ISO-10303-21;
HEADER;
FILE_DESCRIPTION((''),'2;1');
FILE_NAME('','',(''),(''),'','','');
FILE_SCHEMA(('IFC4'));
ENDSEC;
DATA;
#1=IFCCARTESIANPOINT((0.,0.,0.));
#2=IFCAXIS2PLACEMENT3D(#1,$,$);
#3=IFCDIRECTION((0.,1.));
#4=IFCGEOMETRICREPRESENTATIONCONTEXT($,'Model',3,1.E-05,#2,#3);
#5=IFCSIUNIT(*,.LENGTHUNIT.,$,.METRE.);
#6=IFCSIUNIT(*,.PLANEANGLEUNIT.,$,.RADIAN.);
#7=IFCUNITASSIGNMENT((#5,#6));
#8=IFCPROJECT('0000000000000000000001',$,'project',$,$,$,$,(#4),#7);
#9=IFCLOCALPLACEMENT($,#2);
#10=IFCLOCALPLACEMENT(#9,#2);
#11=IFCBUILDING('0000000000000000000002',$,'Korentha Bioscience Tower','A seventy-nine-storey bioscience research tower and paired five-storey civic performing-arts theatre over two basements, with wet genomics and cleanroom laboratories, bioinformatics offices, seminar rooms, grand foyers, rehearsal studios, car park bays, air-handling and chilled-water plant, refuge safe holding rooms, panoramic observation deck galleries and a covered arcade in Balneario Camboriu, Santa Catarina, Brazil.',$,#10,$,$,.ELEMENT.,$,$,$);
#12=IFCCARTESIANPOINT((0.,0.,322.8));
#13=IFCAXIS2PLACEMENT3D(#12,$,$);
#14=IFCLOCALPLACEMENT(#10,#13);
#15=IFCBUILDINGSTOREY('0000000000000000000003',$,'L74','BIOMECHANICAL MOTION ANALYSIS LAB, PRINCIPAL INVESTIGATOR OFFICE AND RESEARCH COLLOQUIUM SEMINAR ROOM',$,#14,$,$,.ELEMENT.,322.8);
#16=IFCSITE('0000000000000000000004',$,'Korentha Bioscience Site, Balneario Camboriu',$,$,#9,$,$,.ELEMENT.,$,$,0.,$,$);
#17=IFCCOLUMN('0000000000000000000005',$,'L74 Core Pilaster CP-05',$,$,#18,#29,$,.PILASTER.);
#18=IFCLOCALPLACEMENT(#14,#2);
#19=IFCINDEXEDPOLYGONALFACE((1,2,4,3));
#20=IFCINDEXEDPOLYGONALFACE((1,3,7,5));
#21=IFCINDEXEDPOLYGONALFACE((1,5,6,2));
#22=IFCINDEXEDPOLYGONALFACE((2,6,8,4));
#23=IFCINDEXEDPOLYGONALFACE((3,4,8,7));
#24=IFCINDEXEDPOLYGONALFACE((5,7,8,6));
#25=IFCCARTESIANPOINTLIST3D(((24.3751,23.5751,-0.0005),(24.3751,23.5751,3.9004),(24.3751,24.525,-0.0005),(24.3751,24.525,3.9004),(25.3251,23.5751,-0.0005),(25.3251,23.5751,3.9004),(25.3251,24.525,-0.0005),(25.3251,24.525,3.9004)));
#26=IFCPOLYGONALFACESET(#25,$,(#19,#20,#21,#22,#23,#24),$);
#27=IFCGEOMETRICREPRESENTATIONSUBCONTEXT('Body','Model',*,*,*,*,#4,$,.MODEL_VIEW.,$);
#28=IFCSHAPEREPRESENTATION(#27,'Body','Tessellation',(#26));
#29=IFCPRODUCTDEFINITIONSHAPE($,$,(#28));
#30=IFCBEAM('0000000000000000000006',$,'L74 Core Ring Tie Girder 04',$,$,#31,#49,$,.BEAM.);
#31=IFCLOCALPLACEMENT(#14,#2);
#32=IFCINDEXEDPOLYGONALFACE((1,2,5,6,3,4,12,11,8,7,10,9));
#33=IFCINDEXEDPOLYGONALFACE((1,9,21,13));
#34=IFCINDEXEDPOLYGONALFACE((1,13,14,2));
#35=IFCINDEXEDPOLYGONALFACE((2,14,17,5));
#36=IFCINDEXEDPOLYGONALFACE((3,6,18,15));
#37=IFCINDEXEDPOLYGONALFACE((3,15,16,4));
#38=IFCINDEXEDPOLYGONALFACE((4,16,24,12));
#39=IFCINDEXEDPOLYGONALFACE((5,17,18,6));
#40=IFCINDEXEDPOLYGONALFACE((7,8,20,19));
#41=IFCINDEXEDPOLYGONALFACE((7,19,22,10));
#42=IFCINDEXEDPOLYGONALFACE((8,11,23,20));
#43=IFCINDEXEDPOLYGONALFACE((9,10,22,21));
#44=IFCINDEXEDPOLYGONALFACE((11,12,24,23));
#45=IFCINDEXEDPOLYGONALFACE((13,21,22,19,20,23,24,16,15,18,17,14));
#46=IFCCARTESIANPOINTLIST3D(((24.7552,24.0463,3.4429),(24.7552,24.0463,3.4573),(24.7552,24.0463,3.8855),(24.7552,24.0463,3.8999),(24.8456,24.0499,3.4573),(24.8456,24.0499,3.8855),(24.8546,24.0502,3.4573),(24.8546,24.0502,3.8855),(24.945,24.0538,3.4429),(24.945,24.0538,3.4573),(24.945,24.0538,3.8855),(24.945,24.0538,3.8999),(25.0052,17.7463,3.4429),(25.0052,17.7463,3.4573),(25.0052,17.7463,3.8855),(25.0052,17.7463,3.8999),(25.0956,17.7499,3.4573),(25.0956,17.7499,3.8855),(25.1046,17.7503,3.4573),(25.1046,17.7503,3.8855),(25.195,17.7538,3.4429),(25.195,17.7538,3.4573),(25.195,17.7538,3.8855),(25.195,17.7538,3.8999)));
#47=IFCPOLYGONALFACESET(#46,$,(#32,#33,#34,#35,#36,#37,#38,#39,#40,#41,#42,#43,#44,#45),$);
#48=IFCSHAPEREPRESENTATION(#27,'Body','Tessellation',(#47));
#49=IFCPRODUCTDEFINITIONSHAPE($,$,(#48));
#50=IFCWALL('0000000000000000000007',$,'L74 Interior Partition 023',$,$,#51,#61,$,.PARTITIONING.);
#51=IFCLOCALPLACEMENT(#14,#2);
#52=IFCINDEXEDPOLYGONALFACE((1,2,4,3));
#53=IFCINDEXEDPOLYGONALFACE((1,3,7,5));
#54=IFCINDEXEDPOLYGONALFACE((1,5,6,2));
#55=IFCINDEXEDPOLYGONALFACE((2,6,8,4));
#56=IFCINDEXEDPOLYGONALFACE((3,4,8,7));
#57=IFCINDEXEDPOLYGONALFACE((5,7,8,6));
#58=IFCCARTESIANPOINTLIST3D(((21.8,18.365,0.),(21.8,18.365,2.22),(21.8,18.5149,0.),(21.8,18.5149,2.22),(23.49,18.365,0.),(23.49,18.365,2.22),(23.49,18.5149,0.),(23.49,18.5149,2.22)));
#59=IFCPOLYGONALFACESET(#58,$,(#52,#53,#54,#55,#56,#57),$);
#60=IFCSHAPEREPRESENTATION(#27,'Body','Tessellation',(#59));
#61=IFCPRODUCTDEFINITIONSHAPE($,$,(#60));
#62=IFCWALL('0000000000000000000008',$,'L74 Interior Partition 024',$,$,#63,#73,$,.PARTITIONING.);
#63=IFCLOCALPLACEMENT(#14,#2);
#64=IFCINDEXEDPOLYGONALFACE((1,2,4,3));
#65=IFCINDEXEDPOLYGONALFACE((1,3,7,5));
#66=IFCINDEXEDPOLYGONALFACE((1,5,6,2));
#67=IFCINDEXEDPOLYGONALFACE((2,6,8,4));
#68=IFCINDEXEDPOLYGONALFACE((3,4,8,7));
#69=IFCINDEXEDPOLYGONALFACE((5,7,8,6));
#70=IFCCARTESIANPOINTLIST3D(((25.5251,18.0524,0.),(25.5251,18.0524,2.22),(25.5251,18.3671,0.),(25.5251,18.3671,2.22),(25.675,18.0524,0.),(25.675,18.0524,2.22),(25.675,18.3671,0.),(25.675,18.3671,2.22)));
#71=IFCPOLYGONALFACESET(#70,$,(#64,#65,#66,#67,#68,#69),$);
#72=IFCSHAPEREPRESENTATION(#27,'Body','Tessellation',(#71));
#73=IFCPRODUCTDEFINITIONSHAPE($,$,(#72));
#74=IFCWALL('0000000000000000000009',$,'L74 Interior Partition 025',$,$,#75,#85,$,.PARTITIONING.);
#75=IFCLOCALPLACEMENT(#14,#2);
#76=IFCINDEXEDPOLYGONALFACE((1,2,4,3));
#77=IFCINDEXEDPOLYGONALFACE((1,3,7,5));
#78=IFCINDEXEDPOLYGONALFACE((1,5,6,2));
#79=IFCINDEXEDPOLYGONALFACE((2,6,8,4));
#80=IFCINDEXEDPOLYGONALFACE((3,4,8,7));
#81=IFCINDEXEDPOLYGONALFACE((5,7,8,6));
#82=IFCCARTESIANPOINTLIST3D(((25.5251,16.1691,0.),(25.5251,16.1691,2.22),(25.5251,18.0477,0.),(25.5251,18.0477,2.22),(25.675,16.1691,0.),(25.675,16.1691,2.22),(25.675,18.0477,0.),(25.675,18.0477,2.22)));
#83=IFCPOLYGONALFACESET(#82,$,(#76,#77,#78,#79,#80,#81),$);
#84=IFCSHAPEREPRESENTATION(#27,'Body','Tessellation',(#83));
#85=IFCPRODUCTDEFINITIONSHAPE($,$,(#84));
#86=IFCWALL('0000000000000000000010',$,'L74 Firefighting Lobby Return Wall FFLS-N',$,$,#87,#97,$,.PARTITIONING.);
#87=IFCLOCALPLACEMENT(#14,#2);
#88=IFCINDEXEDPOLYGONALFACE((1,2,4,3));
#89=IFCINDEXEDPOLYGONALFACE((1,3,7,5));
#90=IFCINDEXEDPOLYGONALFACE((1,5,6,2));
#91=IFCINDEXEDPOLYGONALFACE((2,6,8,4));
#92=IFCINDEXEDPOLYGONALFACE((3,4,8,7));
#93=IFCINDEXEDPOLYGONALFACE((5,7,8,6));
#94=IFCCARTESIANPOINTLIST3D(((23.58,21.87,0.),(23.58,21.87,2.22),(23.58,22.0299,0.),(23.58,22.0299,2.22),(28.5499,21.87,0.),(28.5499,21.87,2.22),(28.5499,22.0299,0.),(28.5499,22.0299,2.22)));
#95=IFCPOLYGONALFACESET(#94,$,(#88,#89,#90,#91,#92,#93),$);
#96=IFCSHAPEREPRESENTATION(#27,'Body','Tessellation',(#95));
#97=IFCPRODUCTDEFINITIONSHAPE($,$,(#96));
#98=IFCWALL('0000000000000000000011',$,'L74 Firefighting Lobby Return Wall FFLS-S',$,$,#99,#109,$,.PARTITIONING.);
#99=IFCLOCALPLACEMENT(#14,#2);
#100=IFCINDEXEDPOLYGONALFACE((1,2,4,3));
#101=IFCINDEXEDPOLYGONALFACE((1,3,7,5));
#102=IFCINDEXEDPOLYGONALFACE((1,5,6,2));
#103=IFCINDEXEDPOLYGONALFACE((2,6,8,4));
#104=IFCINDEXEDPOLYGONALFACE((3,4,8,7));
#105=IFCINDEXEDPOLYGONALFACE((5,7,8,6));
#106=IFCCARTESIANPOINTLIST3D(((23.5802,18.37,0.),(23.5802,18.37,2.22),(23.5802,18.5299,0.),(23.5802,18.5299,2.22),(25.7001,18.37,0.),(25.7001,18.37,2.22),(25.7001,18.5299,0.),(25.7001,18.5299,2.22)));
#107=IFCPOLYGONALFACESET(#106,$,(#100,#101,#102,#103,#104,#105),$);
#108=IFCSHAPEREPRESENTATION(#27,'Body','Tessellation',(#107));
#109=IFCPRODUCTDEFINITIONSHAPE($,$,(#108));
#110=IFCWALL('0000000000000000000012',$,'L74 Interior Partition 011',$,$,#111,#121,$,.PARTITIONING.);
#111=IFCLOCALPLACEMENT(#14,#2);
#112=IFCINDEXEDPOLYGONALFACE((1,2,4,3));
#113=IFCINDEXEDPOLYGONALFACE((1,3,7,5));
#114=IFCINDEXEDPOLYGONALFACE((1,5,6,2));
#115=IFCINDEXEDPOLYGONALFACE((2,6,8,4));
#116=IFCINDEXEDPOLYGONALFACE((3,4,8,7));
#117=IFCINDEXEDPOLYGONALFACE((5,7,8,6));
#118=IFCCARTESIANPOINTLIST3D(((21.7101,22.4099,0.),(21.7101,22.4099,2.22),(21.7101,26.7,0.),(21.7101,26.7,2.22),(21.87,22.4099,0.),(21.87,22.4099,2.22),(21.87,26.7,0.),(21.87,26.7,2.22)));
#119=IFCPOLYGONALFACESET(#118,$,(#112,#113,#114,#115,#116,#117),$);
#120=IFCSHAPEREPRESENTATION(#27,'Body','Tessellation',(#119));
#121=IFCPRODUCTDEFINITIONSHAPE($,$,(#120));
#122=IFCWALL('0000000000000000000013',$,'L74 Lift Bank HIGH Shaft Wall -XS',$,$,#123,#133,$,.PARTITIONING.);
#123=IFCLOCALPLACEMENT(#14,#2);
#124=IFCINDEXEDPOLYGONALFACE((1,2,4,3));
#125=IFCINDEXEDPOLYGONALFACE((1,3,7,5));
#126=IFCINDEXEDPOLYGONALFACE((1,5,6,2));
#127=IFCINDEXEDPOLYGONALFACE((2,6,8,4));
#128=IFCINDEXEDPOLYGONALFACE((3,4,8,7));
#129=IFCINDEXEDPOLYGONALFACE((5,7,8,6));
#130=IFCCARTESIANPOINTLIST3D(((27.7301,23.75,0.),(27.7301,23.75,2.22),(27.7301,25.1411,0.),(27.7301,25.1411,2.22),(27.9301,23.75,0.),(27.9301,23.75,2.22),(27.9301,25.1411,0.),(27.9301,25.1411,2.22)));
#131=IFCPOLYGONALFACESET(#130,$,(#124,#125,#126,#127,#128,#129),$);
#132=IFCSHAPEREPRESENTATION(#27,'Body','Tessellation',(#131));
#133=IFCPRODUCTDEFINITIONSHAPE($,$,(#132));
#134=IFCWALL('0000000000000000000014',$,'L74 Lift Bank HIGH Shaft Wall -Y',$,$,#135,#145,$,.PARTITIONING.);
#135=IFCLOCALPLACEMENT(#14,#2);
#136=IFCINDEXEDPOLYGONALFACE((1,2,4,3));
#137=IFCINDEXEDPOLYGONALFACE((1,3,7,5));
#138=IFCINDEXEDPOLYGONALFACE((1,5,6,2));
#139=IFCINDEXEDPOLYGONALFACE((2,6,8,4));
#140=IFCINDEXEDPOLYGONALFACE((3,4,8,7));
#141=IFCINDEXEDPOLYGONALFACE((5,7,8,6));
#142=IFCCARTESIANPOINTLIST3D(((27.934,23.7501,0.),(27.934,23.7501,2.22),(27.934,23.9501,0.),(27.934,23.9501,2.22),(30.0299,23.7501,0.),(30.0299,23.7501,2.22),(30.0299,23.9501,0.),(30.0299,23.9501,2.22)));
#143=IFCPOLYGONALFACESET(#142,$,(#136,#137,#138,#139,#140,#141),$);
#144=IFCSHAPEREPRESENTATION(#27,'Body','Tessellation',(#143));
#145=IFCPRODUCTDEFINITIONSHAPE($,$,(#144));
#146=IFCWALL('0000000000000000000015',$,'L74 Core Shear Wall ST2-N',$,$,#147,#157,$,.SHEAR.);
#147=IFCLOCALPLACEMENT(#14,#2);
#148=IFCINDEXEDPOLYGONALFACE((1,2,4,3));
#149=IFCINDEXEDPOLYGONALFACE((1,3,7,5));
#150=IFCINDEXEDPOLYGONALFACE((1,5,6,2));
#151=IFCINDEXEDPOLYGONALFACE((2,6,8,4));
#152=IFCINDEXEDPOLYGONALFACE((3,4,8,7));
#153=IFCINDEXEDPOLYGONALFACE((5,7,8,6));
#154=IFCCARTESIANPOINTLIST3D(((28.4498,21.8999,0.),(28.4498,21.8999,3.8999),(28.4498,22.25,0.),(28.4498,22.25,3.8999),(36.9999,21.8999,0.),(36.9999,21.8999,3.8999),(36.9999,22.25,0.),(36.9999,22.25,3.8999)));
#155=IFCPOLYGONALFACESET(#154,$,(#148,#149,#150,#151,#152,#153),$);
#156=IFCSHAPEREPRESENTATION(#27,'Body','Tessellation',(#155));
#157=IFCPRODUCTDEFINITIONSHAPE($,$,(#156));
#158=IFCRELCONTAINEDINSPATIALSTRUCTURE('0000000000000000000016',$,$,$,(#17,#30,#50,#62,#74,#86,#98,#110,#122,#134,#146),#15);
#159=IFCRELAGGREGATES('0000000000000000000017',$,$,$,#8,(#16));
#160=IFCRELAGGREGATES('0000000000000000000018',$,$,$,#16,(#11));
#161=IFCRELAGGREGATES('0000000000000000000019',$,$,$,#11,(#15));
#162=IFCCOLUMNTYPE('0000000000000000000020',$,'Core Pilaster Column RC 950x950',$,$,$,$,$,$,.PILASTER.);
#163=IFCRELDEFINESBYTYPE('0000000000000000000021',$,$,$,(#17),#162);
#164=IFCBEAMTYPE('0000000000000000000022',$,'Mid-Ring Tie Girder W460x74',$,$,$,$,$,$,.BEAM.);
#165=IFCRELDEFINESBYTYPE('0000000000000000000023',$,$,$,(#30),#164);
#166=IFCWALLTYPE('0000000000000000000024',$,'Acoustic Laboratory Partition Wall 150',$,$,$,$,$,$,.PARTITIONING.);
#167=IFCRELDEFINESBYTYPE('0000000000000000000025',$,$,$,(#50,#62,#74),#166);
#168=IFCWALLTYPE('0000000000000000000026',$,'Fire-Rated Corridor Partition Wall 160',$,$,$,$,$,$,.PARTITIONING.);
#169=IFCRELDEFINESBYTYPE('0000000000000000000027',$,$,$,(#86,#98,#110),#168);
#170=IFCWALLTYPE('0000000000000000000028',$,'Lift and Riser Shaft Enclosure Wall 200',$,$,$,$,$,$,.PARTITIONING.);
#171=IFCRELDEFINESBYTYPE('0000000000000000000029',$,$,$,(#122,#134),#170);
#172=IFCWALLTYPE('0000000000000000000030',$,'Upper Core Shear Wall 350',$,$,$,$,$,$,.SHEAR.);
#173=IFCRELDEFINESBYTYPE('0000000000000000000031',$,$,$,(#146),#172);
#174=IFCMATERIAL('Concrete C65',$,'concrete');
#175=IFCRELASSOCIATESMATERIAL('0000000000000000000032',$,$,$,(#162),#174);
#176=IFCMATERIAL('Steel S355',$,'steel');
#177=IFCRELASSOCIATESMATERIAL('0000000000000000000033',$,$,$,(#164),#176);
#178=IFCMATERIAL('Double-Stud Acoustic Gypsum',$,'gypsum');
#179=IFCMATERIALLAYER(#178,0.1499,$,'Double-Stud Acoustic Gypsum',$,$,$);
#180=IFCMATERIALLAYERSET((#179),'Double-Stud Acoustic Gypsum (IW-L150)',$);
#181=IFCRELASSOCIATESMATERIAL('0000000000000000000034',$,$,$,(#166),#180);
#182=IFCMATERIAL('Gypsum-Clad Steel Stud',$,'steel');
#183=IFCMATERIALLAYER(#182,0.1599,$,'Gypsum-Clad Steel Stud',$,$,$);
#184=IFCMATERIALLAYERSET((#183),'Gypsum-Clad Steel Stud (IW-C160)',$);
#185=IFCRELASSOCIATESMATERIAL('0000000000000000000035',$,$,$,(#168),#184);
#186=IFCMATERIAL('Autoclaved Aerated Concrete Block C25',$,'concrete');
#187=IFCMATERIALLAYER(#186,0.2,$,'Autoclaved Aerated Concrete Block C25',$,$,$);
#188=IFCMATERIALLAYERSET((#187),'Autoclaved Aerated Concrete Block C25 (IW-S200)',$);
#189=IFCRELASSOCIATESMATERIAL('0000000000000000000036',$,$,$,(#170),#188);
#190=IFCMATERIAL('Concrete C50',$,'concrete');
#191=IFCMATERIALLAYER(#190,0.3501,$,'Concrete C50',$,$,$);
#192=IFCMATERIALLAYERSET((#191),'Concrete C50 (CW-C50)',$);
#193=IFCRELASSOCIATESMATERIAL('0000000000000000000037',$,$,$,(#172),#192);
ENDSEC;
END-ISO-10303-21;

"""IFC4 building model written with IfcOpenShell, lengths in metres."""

from ifc_helpers import new_model, si_unit, direction, frame, frame_2d, origin, origin_2d, place, context, subcontext, project, spatial, rectangle, i_section, extrude, material, layer, layer_set, material_profile, profile_set, type_object, element, save


model = new_model("IFC4")

# Units and contexts
model_context = context("Model", 3, precision=1e-05, world=origin(), true_north=direction((0.0, 1.0)))
body_context = subcontext(model_context, "Body", "Model", "MODEL_VIEW")
ifc_project = project(units=[si_unit("LENGTHUNIT", "METRE"), si_unit("PLANEANGLEUNIT", "RADIAN")], contexts=[model_context])

# Site, building, storey
site_placement = place(None, origin())
site = spatial("IfcSite", under=ifc_project, at=site_placement, Name="Korentha Bioscience Site, Balneario Camboriu", CompositionType="ELEMENT", RefElevation=0.0)
building_placement = place(site_placement, origin())
building = spatial("IfcBuilding", under=site, at=building_placement, Name="Korentha Bioscience Tower", Description="A seventy-nine-storey bioscience research tower and paired five-storey civic performing-arts theatre over two basements, with wet genomics and cleanroom laboratories, bioinformatics offices, seminar rooms, grand foyers, rehearsal studios, car park bays, air-handling and chilled-water plant, refuge safe holding rooms, panoramic observation deck galleries and a covered arcade in Balneario Camboriu, Santa Catarina, Brazil.", CompositionType="ELEMENT")
storey_placement = place(building_placement, frame((0.0, 0.0, 322.8)))
storey = spatial("IfcBuildingStorey", under=building, at=storey_placement, Name="L74", Description="BIOMECHANICAL MOTION ANALYSIS LAB, PRINCIPAL INVESTIGATOR OFFICE AND RESEARCH COLLOQUIUM SEMINAR ROOM", CompositionType="ELEMENT", Elevation=322.8)

# Column
ifc_material_1 = material(Name="Concrete C65", Category="concrete")
ifc_material_profile_1 = material_profile(ifc_material_1, rectangle(XDim=0.95, YDim=0.95, at=origin_2d()), Name="Concrete C65")
ifc_profile_set_1 = profile_set([ifc_material_profile_1], Name="Concrete C65 (COL-CP09)")
column_type = type_object("IfcColumnType", Name="Core Pilaster Column RC 950x950", PredefinedType="PILASTER", material=ifc_profile_set_1)
column_placement = place(storey_placement, frame((24.8501, 24.05, -0.0005), z_axis=(0.0, 0.0, 1.0), x_axis=(1.0, 0.0, 0.0)))
element("IfcColumn", 1, at=column_placement, inside=storey, type_object=column_type, Name="L74 Core Pilaster CP-05", PredefinedType="PILASTER", context=body_context, shape_type="SweptSolid", body=[
    extrude(rectangle(XDim=0.95, YDim=0.95, at=origin_2d()), origin(), (0.0, 0.0, 1.0), 3.9009),
])

# Beam
ifc_material_2 = material(Name="Steel S355", Category="steel")
ifc_material_profile_2 = material_profile(ifc_material_2, i_section(OverallWidth=0.1899, OverallDepth=0.457, WebThickness=0.009, FlangeThickness=0.0144, at=origin_2d()), Name="Steel S355")
ifc_profile_set_2 = profile_set([ifc_material_profile_2], Name="Steel S355 (MB-460)")
beam_type = type_object("IfcBeamType", Name="Mid-Ring Tie Girder W460x74", PredefinedType="BEAM", material=ifc_profile_set_2)
beam_placement = place(storey_placement, frame((24.8501, 24.05, 3.6714), z_axis=(0.039651, -0.999214, 0.0), x_axis=(0.999214, 0.039651, 0.0)))
element("IfcBeam", 2, at=beam_placement, inside=storey, type_object=beam_type, Name="L74 Core Ring Tie Girder 04", PredefinedType="BEAM", context=body_context, shape_type="SweptSolid", body=[
    extrude(i_section(OverallWidth=0.1899, OverallDepth=0.457, WebThickness=0.009, FlangeThickness=0.0144, at=origin_2d()), origin(), (0.0, 0.0, 1.0), 6.3049),
])

# Shared definitions
ifc_material_3 = material(Name="Double-Stud Acoustic Gypsum", Category="gypsum")
ifc_layer_1 = layer(ifc_material_3, 0.1499, Name="Double-Stud Acoustic Gypsum")
ifc_layer_set_1 = layer_set([ifc_layer_1], Name="Double-Stud Acoustic Gypsum (IW-L150)")
wall_type_1 = type_object("IfcWallType", Name="Acoustic Laboratory Partition Wall 150", PredefinedType="PARTITIONING", material=ifc_layer_set_1)

# Walls
wall_1_placement = place(storey_placement, frame((21.8, 18.4399, 0.0), z_axis=(0.0, 0.0, 1.0), x_axis=(1.0, 0.0, 0.0)))
element("IfcWall", 3, at=wall_1_placement, inside=storey, type_object=wall_type_1, Name="L74 Interior Partition 023", PredefinedType="PARTITIONING", context=body_context, shape_type="SweptSolid", body=[
    extrude(rectangle(XDim=1.6899, YDim=0.1499, at=frame_2d((0.845, 0.0))), origin(), (0.0, 0.0, 1.0), 2.22),
])
wall_2_placement = place(storey_placement, frame((25.6001, 18.3669, 0.0), z_axis=(0.0, 0.0, 1.0), x_axis=(0.0, -1.0, 0.0)))
element("IfcWall", 4, at=wall_2_placement, inside=storey, type_object=wall_type_1, Name="L74 Interior Partition 024", PredefinedType="PARTITIONING", context=body_context, shape_type="SweptSolid", body=[
    extrude(rectangle(XDim=0.3147, YDim=0.1499, at=frame_2d((0.1572, 0.0))), origin(), (0.0, 0.0, 1.0), 2.22),
])
wall_3_placement = place(storey_placement, frame((25.6001, 18.0479, 0.0), z_axis=(0.0, 0.0, 1.0), x_axis=(0.0, -1.0, 0.0)))
element("IfcWall", 5, at=wall_3_placement, inside=storey, type_object=wall_type_1, Name="L74 Interior Partition 025", PredefinedType="PARTITIONING", context=body_context, shape_type="SweptSolid", body=[
    extrude(rectangle(XDim=1.8787, YDim=0.1499, at=frame_2d((0.9395, 0.0))), origin(), (0.0, 0.0, 1.0), 2.22),
])

# Shared definitions
ifc_material_4 = material(Name="Gypsum-Clad Steel Stud", Category="steel")
ifc_layer_2 = layer(ifc_material_4, 0.1599, Name="Gypsum-Clad Steel Stud")
ifc_layer_set_2 = layer_set([ifc_layer_2], Name="Gypsum-Clad Steel Stud (IW-C160)")
wall_type_2 = type_object("IfcWallType", Name="Fire-Rated Corridor Partition Wall 160", PredefinedType="PARTITIONING", material=ifc_layer_set_2)

# Walls
wall_4_placement = place(storey_placement, frame((23.5801, 21.95, 0.0), z_axis=(0.0, 0.0, 1.0), x_axis=(1.0, 0.0, 0.0)))
element("IfcWall", 6, at=wall_4_placement, inside=storey, type_object=wall_type_2, Name="L74 Firefighting Lobby Return Wall FFLS-N", PredefinedType="PARTITIONING", context=body_context, shape_type="SweptSolid", body=[
    extrude(rectangle(XDim=4.97, YDim=0.1599, at=frame_2d((2.4849, 0.0))), origin(), (0.0, 0.0, 1.0), 2.22),
])
wall_5_placement = place(storey_placement, frame((23.5801, 18.45, 0.0), z_axis=(0.0, 0.0, 1.0), x_axis=(1.0, 0.0, 0.0)))
element("IfcWall", 7, at=wall_5_placement, inside=storey, type_object=wall_type_2, Name="L74 Firefighting Lobby Return Wall FFLS-S", PredefinedType="PARTITIONING", context=body_context, shape_type="SweptSolid", body=[
    extrude(rectangle(XDim=2.1199, YDim=0.1599, at=frame_2d((1.0601, 0.0))), origin(), (0.0, 0.0, 1.0), 2.22),
])

# Walls
wall_6_placement = place(storey_placement, frame((21.79, 26.7, 0.0), z_axis=(0.0, 0.0, 1.0), x_axis=(0.0, -1.0, 0.0)))
element("IfcWall", 8, at=wall_6_placement, inside=storey, type_object=wall_type_2, Name="L74 Interior Partition 011", PredefinedType="PARTITIONING", context=body_context, shape_type="SweptSolid", body=[
    extrude(rectangle(XDim=4.29, YDim=0.1599, at=frame_2d((2.145, 0.0))), origin(), (0.0, 0.0, 1.0), 2.22),
])
ifc_material_5 = material(Name="Autoclaved Aerated Concrete Block C25", Category="concrete")
ifc_layer_3 = layer(ifc_material_5, 0.2, Name="Autoclaved Aerated Concrete Block C25")
ifc_layer_set_3 = layer_set([ifc_layer_3], Name="Autoclaved Aerated Concrete Block C25 (IW-S200)")
wall_type_3 = type_object("IfcWallType", Name="Lift and Riser Shaft Enclosure Wall 200", PredefinedType="PARTITIONING", material=ifc_layer_set_3)
wall_7_placement = place(storey_placement, frame((27.8301, 23.75, 0.0), z_axis=(0.0, 0.0, 1.0), x_axis=(0.0, 1.0, 0.0)))
element("IfcWall", 9, at=wall_7_placement, inside=storey, type_object=wall_type_3, Name="L74 Lift Bank HIGH Shaft Wall -XS", PredefinedType="PARTITIONING", context=body_context, shape_type="SweptSolid", body=[
    extrude(rectangle(XDim=1.3911, YDim=0.2, at=frame_2d((0.6956, 0.0))), origin(), (0.0, 0.0, 1.0), 2.22),
])
wall_8_placement = place(storey_placement, frame((27.9341, 23.8501, 0.0), z_axis=(0.0, 0.0, 1.0), x_axis=(1.0, 0.0, 0.0)))
element("IfcWall", 10, at=wall_8_placement, inside=storey, type_object=wall_type_3, Name="L74 Lift Bank HIGH Shaft Wall -Y", PredefinedType="PARTITIONING", context=body_context, shape_type="SweptSolid", body=[
    extrude(rectangle(XDim=2.0959, YDim=0.2, at=frame_2d((1.0479, 0.0))), origin(), (0.0, 0.0, 1.0), 2.22),
])
ifc_material_6 = material(Name="Concrete C50", Category="concrete")
ifc_layer_4 = layer(ifc_material_6, 0.3501, Name="Concrete C50")
ifc_layer_set_4 = layer_set([ifc_layer_4], Name="Concrete C50 (CW-C50)")
wall_type_4 = type_object("IfcWallType", Name="Upper Core Shear Wall 350", PredefinedType="SHEAR", material=ifc_layer_set_4)
wall_9_placement = place(storey_placement, frame((28.45, 22.075, 0.0), z_axis=(0.0, 0.0, 1.0), x_axis=(1.0, 0.0, 0.0)))
element("IfcWall", 11, at=wall_9_placement, inside=storey, type_object=wall_type_4, Name="L74 Core Shear Wall ST2-N", PredefinedType="SHEAR", context=body_context, shape_type="SweptSolid", body=[
    extrude(rectangle(XDim=8.55, YDim=0.3501, at=frame_2d((4.2749, 0.0))), origin(), (0.0, 0.0, 1.0), 3.8999),
])

save(model, "model.ifc")
